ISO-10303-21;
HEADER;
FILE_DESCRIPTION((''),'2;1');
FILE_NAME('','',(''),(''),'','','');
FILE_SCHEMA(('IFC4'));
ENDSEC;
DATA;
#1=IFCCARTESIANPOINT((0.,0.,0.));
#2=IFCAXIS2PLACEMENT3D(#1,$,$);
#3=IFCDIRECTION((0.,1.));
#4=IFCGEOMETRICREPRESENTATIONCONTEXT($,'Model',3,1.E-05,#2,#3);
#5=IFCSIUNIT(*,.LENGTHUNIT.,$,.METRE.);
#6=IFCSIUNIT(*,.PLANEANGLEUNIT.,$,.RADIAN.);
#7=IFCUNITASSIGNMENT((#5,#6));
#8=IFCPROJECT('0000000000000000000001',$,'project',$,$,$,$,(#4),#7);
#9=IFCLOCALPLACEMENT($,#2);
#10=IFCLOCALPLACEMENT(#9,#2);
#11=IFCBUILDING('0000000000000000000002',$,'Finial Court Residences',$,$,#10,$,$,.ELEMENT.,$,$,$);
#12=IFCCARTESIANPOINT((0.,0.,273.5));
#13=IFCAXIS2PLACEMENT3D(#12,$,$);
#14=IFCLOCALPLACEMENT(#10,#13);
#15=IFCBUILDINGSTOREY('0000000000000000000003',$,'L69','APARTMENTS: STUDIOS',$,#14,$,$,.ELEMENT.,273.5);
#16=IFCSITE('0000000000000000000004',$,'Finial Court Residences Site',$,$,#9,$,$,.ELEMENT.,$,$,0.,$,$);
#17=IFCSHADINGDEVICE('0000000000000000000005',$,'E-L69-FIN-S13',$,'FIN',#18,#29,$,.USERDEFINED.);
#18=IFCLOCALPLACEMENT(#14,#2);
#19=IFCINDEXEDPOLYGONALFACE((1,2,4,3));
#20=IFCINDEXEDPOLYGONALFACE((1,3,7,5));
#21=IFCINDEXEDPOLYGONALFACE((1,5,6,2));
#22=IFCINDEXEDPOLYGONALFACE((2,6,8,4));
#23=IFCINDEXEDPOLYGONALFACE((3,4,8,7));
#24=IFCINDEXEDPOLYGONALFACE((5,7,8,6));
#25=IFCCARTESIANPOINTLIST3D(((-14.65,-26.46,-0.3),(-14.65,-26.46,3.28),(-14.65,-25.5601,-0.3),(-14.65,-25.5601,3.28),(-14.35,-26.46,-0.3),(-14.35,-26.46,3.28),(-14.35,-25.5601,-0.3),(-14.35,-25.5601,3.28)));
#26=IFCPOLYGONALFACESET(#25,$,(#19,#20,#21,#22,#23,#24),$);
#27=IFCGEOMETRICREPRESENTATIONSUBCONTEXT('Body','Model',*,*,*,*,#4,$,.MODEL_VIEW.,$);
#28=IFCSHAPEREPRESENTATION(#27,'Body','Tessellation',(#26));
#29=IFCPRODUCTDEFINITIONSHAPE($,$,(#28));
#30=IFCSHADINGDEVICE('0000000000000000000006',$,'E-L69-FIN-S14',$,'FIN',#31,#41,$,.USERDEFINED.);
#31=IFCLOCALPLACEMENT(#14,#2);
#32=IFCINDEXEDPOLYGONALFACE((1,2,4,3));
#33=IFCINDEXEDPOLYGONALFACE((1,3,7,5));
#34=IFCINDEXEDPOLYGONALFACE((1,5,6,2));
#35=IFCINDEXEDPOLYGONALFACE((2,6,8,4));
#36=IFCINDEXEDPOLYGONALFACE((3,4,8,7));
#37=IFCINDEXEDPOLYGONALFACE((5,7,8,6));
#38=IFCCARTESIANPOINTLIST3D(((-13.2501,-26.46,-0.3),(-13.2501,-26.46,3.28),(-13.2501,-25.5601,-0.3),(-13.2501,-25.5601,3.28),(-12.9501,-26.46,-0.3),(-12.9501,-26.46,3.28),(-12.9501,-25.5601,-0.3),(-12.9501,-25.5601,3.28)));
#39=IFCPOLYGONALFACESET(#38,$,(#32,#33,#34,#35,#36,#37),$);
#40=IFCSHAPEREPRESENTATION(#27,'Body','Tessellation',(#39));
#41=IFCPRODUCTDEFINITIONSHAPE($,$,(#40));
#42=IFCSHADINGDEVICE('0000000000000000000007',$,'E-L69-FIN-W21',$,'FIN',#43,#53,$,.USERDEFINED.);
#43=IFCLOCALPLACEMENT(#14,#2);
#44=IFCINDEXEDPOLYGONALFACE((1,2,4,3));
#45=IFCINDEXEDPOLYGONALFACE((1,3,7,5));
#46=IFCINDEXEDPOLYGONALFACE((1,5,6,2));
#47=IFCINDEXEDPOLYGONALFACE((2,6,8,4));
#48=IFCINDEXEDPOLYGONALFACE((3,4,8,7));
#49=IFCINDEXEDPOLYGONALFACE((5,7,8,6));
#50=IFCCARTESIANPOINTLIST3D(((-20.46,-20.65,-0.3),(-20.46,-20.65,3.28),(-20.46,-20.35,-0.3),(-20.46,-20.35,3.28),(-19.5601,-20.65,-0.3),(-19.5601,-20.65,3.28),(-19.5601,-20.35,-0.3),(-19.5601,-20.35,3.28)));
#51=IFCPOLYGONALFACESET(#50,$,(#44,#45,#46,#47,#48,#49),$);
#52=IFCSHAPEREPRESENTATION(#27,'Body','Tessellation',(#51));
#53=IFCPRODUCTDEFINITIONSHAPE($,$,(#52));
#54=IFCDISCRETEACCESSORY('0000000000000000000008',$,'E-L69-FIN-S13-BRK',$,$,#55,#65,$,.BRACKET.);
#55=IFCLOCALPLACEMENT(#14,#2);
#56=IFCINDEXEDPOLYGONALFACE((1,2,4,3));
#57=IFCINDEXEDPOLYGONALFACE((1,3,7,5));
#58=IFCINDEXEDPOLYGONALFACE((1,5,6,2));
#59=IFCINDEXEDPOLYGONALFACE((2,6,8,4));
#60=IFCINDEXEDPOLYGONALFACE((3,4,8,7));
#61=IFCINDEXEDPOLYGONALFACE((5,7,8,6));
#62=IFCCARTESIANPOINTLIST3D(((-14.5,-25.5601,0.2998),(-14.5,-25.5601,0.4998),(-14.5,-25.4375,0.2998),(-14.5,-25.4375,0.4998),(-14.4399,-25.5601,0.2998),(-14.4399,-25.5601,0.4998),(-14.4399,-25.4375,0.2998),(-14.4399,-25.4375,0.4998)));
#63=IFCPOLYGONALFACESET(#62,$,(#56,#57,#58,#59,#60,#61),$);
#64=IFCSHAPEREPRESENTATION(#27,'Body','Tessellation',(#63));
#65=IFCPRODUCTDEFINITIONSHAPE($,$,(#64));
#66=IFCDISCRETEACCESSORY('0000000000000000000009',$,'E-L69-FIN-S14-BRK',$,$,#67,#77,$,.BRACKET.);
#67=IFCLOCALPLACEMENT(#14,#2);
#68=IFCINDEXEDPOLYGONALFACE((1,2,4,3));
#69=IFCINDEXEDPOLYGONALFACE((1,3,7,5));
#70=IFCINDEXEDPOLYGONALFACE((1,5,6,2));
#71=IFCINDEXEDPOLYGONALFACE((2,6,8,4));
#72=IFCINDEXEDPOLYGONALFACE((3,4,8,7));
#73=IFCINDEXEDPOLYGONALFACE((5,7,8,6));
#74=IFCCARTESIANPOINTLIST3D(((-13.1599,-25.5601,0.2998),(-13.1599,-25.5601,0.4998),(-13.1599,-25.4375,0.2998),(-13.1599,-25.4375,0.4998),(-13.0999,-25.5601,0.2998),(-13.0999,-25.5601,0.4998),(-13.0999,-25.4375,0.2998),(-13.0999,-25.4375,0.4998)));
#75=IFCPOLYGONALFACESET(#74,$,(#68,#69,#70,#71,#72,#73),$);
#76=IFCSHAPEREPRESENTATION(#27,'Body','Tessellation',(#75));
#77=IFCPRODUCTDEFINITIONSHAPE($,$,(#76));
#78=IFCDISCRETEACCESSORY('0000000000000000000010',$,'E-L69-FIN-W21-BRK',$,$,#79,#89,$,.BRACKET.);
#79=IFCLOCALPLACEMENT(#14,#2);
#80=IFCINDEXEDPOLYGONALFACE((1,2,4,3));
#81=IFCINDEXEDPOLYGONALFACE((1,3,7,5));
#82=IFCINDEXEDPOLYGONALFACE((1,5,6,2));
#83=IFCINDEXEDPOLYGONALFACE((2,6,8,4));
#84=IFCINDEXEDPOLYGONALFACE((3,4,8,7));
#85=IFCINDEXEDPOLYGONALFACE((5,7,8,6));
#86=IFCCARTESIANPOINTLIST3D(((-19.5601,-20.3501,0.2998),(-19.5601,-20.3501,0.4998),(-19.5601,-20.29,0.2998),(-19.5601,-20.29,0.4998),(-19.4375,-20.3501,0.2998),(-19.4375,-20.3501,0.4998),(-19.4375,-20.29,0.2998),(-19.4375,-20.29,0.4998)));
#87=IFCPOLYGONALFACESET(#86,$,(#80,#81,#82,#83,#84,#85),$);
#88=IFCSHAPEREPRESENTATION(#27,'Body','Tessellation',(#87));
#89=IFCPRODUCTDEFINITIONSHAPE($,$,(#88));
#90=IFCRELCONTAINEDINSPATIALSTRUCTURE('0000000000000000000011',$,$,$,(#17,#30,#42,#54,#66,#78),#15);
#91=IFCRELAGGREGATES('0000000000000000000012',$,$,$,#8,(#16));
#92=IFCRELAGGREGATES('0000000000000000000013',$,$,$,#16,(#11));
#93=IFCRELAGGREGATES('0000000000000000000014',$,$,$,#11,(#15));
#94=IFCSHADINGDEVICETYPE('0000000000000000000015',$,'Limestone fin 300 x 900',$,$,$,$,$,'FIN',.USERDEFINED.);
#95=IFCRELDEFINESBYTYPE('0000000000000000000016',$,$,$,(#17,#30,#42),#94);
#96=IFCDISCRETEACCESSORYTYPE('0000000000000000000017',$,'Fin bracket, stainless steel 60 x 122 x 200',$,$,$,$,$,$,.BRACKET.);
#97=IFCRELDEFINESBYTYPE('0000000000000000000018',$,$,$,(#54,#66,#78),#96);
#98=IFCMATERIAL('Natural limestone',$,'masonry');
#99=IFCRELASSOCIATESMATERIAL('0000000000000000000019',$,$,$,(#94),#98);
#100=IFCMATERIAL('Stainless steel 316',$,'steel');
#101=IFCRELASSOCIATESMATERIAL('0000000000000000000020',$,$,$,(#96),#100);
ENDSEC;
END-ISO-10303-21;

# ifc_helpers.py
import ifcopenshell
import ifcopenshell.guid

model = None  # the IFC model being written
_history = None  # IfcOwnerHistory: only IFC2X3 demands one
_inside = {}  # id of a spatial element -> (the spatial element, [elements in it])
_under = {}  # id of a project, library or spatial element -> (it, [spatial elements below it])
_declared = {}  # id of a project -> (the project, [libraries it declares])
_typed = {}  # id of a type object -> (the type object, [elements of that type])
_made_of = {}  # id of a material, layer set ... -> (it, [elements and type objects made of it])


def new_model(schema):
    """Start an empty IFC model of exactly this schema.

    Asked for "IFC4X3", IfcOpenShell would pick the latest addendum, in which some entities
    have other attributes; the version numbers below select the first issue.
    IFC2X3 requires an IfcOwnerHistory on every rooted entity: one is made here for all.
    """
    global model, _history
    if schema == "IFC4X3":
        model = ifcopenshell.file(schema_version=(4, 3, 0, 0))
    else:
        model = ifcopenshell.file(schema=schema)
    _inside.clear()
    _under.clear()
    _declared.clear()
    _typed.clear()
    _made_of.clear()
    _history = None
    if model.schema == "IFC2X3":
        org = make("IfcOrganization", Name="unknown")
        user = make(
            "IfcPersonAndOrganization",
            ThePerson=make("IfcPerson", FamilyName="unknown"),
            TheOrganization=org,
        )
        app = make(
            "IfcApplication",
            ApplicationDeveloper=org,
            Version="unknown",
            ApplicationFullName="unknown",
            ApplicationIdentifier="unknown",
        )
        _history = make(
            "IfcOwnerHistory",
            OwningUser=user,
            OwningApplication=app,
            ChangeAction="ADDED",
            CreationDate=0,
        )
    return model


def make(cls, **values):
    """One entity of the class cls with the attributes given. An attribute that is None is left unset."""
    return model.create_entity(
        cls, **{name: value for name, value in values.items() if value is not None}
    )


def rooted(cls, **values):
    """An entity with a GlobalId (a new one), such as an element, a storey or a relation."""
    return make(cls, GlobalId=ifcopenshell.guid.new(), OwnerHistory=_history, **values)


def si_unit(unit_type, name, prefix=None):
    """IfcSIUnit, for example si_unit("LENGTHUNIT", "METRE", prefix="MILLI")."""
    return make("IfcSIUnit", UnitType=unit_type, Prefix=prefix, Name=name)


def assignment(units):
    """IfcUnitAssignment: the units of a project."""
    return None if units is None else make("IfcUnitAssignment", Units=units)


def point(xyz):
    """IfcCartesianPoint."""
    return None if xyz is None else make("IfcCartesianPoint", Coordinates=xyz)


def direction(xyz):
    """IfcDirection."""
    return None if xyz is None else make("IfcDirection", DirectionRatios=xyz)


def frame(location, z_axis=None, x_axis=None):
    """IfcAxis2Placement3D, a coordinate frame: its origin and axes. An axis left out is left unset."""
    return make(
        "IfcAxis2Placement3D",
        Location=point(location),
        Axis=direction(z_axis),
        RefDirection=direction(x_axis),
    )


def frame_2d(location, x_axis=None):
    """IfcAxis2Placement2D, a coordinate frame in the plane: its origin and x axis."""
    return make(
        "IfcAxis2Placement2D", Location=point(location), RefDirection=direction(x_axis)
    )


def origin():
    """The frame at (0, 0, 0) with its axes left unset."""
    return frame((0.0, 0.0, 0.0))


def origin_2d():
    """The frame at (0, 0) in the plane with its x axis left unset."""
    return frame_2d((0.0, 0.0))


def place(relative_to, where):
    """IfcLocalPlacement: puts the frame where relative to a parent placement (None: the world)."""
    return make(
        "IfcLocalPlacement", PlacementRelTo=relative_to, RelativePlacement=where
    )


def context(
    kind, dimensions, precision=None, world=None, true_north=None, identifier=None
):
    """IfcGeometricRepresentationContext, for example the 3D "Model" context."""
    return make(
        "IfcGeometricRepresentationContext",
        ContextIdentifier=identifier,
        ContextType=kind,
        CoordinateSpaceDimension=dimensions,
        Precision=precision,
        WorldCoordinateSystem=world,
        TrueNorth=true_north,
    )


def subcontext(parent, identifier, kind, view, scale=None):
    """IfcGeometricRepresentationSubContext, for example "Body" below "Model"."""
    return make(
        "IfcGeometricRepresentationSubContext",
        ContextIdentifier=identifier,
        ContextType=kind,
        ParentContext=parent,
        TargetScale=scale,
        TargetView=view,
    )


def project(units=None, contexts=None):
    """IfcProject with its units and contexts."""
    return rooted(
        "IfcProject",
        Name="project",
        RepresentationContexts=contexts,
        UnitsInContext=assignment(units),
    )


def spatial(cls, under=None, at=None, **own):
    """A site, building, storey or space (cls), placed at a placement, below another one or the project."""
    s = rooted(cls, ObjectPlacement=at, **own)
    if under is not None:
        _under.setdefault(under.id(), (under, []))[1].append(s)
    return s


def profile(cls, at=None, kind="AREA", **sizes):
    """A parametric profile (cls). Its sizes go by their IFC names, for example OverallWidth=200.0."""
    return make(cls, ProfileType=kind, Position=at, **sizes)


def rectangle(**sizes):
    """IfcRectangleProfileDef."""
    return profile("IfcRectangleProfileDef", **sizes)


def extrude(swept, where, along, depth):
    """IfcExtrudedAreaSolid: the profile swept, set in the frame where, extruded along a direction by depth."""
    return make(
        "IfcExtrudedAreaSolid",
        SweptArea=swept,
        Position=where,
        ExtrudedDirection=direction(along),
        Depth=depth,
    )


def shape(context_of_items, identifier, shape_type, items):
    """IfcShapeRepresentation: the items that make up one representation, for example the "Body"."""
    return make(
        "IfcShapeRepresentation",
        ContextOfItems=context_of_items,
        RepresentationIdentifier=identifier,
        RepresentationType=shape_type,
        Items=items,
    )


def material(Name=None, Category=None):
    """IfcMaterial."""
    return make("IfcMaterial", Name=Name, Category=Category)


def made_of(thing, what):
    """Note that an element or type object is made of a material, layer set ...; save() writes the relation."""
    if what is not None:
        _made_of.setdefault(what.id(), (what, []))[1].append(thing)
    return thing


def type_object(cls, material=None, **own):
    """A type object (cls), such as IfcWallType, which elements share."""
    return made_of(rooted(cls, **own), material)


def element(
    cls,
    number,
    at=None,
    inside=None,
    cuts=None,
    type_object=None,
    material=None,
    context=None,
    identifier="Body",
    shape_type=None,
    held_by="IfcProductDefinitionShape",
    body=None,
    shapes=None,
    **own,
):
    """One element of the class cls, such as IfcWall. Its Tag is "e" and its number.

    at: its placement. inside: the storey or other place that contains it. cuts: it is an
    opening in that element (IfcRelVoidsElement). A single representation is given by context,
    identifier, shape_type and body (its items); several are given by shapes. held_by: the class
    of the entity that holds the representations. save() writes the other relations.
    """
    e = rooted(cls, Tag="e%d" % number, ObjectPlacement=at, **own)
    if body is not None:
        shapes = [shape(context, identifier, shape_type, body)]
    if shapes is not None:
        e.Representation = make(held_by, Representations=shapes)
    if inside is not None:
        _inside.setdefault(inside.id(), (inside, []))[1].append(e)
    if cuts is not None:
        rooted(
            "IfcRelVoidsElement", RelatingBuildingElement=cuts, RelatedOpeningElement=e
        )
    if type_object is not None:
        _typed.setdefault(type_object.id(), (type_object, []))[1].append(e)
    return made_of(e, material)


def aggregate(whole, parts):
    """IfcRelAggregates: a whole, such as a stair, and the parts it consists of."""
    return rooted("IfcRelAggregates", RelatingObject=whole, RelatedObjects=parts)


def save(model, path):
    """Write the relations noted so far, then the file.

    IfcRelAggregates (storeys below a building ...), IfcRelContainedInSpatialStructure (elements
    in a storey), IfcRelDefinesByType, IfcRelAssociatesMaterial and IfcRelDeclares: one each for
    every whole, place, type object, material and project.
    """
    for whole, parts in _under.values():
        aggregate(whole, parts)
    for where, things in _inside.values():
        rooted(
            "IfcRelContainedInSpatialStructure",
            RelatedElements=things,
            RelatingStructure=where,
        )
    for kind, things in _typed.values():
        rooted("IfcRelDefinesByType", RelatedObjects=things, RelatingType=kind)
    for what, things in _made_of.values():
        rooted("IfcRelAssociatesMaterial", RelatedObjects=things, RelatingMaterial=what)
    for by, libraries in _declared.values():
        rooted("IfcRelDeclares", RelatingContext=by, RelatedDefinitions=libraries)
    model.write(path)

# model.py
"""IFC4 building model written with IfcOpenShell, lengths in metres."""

from ifc_helpers import new_model, si_unit, direction, frame, origin, origin_2d, place, context, subcontext, project, spatial, rectangle, extrude, material, type_object, element, save


model = new_model("IFC4")

# Units and contexts
model_context = context("Model", 3, precision=1e-05, world=origin(), true_north=direction((0.0, 1.0)))
body_context = subcontext(model_context, "Body", "Model", "MODEL_VIEW")
ifc_project = project(units=[si_unit("LENGTHUNIT", "METRE"), si_unit("PLANEANGLEUNIT", "RADIAN")], contexts=[model_context])

# Site, building, storey
site_placement = place(None, origin())
site = spatial("IfcSite", under=ifc_project, at=site_placement, Name="Finial Court Residences Site", CompositionType="ELEMENT", RefElevation=0.0)
building_placement = place(site_placement, origin())
building = spatial("IfcBuilding", under=site, at=building_placement, Name="Finial Court Residences", CompositionType="ELEMENT")
storey_placement = place(building_placement, frame((0.0, 0.0, 273.5)))
storey = spatial("IfcBuildingStorey", under=building, at=storey_placement, Name="L69", Description="APARTMENTS: STUDIOS", CompositionType="ELEMENT", Elevation=273.5)

# Shared definitions
ifc_material_1 = material(Name="Natural limestone", Category="masonry")

# Shading devices
shading_device_type = type_object("IfcShadingDeviceType", Name="Limestone fin 300 x 900", ElementType="FIN", PredefinedType="USERDEFINED", material=ifc_material_1)
for number, where, z_axis, x_axis, name in (
    (1, (-14.5, -26.01, -0.3), (0.0, 0.0, 1.0), (1.0, 0.0, 0.0), "E-L69-FIN-S13"),
    (2, (-13.1001, -26.01, -0.3), (0.0, 0.0, 1.0), (1.0, 0.0, 0.0), "E-L69-FIN-S14"),
):
    element("IfcShadingDevice", number, at=place(storey_placement, frame(where, z_axis=z_axis, x_axis=x_axis)), inside=storey, type_object=shading_device_type, Name=name, ObjectType="FIN", PredefinedType="USERDEFINED", context=body_context, shape_type="SweptSolid", body=[
        extrude(rectangle(XDim=0.3, YDim=0.8999, at=origin_2d()), origin(), (0.0, 0.0, 1.0), 3.5801),
    ])
shading_device_placement = place(storey_placement, frame((-20.01, -20.5, -0.3), z_axis=(0.0, 0.0, 1.0), x_axis=(1.0, 0.0, 0.0)))
element("IfcShadingDevice", 3, at=shading_device_placement, inside=storey, type_object=shading_device_type, Name="E-L69-FIN-W21", ObjectType="FIN", PredefinedType="USERDEFINED", context=body_context, shape_type="SweptSolid", body=[
    extrude(rectangle(XDim=0.8999, YDim=0.3, at=origin_2d()), origin(), (0.0, 0.0, 1.0), 3.5801),
])

# Discrete accessories
ifc_material_2 = material(Name="Stainless steel 316", Category="steel")
discrete_accessory_type = type_object("IfcDiscreteAccessoryType", Name="Fin bracket, stainless steel 60 x 122 x 200", PredefinedType="BRACKET", material=ifc_material_2)
for number, where, z_axis, x_axis, name in (
    (4, (-14.47, -25.4988, 0.2998), (0.0, 0.0, 1.0), (1.0, 0.0, 0.0), "E-L69-FIN-S13-BRK"),
    (5, (-13.1299, -25.4988, 0.2998), (0.0, 0.0, 1.0), (1.0, 0.0, 0.0), "E-L69-FIN-S14-BRK"),
):
    element("IfcDiscreteAccessory", number, at=place(storey_placement, frame(where, z_axis=z_axis, x_axis=x_axis)), inside=storey, type_object=discrete_accessory_type, Name=name, PredefinedType="BRACKET", context=body_context, shape_type="SweptSolid", body=[
        extrude(rectangle(XDim=0.0601, YDim=0.1226, at=origin_2d()), origin(), (0.0, 0.0, 1.0), 0.2),
    ])
discrete_accessory_placement = place(storey_placement, frame((-19.4988, -20.3201, 0.2998), z_axis=(0.0, 0.0, 1.0), x_axis=(1.0, 0.0, 0.0)))
element("IfcDiscreteAccessory", 6, at=discrete_accessory_placement, inside=storey, type_object=discrete_accessory_type, Name="E-L69-FIN-W21-BRK", PredefinedType="BRACKET", context=body_context, shape_type="SweptSolid", body=[
    extrude(rectangle(XDim=0.1226, YDim=0.0601, at=origin_2d()), origin(), (0.0, 0.0, 1.0), 0.2),
])

save(model, "model.ifc")
